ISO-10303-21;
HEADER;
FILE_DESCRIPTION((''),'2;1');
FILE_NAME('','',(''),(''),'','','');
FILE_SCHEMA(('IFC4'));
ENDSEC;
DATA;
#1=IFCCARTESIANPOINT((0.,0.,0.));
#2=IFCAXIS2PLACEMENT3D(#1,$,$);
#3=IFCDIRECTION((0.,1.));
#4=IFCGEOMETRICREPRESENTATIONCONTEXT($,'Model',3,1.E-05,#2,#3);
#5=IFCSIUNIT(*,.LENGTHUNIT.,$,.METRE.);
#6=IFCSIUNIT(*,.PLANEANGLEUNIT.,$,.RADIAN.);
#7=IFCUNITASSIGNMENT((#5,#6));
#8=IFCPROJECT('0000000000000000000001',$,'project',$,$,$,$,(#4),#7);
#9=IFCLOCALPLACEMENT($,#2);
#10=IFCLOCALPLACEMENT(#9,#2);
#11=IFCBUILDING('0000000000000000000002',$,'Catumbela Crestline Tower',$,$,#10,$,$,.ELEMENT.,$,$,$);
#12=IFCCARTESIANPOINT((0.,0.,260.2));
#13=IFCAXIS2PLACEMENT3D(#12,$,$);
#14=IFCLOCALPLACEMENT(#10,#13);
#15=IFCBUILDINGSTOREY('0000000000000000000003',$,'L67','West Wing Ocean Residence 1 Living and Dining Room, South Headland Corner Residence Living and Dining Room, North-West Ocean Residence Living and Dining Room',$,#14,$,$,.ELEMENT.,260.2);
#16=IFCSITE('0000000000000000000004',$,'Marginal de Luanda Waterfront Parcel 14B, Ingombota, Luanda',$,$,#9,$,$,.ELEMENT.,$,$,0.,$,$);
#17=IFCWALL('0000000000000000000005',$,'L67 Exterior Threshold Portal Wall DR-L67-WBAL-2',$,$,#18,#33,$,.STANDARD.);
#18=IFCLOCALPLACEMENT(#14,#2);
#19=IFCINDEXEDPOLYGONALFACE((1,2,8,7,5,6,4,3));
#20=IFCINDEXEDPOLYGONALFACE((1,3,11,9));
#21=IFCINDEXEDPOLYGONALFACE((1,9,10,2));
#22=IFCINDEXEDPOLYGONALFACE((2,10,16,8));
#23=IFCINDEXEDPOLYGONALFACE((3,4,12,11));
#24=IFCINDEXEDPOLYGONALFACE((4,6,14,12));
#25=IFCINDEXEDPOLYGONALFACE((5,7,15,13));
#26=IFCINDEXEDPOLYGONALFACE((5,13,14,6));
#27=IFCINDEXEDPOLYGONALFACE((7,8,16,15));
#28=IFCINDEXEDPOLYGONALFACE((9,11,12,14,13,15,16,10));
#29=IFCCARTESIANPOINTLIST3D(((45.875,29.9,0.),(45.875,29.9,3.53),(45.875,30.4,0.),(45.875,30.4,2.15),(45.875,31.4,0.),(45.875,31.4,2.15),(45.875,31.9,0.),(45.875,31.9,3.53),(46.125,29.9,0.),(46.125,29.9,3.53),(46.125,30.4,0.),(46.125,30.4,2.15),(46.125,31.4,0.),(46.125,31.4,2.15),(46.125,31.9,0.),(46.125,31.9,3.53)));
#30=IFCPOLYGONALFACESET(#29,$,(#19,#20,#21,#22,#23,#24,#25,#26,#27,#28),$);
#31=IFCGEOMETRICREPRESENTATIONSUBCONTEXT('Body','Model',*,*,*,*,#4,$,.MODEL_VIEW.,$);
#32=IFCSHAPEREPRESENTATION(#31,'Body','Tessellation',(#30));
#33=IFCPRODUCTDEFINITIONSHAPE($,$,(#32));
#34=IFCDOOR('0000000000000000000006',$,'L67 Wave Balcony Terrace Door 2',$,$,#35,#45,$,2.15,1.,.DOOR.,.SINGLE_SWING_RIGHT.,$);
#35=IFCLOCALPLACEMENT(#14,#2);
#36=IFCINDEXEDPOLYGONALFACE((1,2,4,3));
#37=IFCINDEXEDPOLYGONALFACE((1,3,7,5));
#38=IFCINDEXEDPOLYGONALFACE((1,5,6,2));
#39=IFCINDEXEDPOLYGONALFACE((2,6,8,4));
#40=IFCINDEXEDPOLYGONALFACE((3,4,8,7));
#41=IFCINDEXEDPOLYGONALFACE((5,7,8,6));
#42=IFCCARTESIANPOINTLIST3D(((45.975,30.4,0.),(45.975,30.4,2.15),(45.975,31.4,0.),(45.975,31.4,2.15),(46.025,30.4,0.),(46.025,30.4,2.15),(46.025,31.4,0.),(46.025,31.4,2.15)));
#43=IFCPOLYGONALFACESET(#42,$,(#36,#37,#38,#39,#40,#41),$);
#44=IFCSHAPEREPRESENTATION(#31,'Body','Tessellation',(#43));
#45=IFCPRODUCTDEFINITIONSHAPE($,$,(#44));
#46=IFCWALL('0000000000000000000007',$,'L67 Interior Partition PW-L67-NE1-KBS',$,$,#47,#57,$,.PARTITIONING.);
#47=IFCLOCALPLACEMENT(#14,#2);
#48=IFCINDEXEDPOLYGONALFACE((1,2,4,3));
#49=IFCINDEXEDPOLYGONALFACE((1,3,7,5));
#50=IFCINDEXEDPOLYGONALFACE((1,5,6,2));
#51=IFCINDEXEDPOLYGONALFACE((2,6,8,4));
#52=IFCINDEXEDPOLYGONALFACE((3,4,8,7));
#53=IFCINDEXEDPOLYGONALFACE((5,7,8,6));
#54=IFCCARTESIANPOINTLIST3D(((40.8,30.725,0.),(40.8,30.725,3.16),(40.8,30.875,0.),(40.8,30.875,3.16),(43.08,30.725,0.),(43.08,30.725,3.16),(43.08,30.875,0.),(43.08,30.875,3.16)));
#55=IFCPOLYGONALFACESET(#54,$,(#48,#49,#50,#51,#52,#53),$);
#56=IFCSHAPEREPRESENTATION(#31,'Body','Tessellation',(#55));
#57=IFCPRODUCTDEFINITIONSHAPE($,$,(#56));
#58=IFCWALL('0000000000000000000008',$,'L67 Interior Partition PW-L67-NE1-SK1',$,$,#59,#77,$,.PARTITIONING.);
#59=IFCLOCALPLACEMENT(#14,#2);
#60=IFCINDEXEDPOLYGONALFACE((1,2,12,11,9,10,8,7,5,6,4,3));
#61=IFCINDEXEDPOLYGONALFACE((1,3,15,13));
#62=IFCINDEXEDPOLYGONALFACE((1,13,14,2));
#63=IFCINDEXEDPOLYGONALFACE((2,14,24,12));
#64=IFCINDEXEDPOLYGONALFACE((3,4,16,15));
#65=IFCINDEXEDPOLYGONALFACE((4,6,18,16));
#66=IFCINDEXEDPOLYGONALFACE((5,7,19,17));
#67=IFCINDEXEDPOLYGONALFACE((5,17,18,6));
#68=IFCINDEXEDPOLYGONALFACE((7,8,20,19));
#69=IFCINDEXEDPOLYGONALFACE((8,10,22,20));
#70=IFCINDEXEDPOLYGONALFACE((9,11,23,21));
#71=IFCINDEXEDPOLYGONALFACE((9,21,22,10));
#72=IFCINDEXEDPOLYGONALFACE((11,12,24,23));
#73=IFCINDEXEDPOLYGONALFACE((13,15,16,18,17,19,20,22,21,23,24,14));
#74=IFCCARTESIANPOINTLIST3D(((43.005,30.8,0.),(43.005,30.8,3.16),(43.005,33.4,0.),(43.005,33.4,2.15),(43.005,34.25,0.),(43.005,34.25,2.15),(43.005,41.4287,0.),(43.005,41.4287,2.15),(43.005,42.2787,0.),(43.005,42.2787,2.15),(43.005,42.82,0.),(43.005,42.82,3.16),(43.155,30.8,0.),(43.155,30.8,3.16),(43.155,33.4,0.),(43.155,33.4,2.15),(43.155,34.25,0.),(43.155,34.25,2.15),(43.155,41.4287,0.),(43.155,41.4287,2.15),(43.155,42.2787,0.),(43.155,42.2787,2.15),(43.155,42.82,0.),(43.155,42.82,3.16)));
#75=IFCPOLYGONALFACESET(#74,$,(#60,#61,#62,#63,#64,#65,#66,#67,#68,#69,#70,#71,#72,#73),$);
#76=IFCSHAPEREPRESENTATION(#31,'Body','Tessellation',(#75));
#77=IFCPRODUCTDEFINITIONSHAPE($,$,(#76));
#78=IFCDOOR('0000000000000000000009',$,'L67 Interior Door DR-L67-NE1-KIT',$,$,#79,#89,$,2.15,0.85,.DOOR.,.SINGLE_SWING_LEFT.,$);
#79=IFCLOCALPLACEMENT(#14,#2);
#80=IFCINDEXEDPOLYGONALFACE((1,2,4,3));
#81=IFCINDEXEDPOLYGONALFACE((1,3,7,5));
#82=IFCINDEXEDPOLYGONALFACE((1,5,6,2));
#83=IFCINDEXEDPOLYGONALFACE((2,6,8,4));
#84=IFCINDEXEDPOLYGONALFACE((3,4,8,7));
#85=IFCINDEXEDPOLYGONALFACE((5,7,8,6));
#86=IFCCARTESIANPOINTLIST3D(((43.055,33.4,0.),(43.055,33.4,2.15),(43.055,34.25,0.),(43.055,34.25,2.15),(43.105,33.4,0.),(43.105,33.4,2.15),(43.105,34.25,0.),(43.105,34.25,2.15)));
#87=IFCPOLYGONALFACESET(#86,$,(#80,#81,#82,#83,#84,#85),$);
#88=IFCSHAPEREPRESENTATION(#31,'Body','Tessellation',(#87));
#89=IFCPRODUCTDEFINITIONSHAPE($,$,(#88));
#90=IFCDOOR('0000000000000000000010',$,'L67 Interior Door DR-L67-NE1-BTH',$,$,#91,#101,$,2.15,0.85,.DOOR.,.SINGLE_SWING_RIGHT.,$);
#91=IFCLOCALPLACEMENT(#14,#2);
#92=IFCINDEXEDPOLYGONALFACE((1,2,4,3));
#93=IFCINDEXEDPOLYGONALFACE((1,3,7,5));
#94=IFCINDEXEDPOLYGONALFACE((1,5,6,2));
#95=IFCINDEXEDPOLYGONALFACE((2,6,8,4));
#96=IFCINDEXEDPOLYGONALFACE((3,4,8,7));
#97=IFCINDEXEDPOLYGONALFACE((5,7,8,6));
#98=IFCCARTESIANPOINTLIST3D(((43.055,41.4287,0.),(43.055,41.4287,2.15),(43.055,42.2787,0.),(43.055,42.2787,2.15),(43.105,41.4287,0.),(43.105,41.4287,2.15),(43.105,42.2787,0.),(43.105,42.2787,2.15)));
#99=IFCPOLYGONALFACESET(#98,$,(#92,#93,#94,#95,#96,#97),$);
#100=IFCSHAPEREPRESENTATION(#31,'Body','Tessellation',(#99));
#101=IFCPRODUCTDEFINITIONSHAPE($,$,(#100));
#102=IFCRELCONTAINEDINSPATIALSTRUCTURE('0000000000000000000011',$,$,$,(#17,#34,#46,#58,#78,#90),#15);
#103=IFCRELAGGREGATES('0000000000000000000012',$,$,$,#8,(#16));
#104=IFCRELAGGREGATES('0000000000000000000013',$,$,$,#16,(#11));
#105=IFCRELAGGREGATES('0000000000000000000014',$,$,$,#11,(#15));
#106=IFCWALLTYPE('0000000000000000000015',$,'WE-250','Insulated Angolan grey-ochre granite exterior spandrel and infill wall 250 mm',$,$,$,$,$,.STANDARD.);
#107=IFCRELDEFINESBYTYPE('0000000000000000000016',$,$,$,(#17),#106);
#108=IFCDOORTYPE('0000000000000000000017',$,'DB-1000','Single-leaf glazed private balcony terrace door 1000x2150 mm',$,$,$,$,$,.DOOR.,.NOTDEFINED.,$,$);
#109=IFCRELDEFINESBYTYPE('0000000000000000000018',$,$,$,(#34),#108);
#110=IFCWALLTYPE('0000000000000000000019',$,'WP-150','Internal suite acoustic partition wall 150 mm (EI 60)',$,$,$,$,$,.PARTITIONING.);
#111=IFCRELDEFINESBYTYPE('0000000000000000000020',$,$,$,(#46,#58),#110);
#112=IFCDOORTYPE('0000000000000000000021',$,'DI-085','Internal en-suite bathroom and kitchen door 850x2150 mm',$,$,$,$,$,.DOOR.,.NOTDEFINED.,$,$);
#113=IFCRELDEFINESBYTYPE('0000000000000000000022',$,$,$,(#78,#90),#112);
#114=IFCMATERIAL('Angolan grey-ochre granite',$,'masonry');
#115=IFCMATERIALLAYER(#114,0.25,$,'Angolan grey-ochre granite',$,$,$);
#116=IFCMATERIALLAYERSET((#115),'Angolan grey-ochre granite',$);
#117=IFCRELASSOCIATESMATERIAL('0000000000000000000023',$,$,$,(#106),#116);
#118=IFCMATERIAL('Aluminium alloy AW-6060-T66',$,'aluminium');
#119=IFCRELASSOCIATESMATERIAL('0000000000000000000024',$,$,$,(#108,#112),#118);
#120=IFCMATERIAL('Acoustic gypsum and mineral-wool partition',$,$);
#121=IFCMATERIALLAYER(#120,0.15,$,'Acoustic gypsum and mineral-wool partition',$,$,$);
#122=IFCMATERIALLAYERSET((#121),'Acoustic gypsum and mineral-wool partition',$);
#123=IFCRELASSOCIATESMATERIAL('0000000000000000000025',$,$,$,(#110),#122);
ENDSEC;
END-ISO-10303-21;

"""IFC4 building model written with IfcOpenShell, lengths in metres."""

from ifc_helpers import new_model, si_unit, direction, frame, frame_2d, origin, place, context, subcontext, project, spatial, rectangle, extrude, material, layer, layer_set, type_object, element, fill, save


model = new_model("IFC4")

# Units and contexts
model_context = context("Model", 3, precision=1e-05, world=origin(), true_north=direction((0.0, 1.0)))
body_context = subcontext(model_context, "Body", "Model", "MODEL_VIEW")
ifc_project = project(units=[si_unit("LENGTHUNIT", "METRE"), si_unit("PLANEANGLEUNIT", "RADIAN")], contexts=[model_context])

# Site, building, storey
site_placement = place(None, origin())
site = spatial("IfcSite", under=ifc_project, at=site_placement, Name="Marginal de Luanda Waterfront Parcel 14B, Ingombota, Luanda", CompositionType="ELEMENT", RefElevation=0.0)
building_placement = place(site_placement, origin())
building = spatial("IfcBuilding", under=site, at=building_placement, Name="Catumbela Crestline Tower", CompositionType="ELEMENT")
storey_placement = place(building_placement, frame((0.0, 0.0, 260.2)))
storey = spatial("IfcBuildingStorey", under=building, at=storey_placement, Name="L67", Description="West Wing Ocean Residence 1 Living and Dining Room, South Headland Corner Residence Living and Dining Room, North-West Ocean Residence Living and Dining Room", CompositionType="ELEMENT", Elevation=260.2)

# Shared definitions
ifc_material_1 = material(Name="Aluminium alloy AW-6060-T66", Category="aluminium")

# Wall, opening, door
ifc_material_2 = material(Name="Acoustic gypsum and mineral-wool partition")
ifc_material_3 = material(Name="Angolan grey-ochre granite", Category="masonry")
ifc_layer_1 = layer(ifc_material_3, 0.25, Name="Angolan grey-ochre granite")
ifc_layer_set_1 = layer_set([ifc_layer_1], Name="Angolan grey-ochre granite")
wall_type_1 = type_object("IfcWallType", Name="WE-250", Description="Insulated Angolan grey-ochre granite exterior spandrel and infill wall 250 mm", PredefinedType="STANDARD", material=ifc_layer_set_1)
wall_1_placement = place(storey_placement, frame((46.0, 29.9, 0.0), z_axis=(0.0, 0.0, 1.0), x_axis=(0.0, 1.0, 0.0)))
wall_1 = element("IfcWall", 1, at=wall_1_placement, inside=storey, type_object=wall_type_1, Name="L67 Exterior Threshold Portal Wall DR-L67-WBAL-2", PredefinedType="STANDARD", context=body_context, shape_type="SweptSolid", body=[
    extrude(rectangle(XDim=2.0, YDim=0.25, at=frame_2d((1.0, 0.0))), origin(), (0.0, 0.0, 1.0), 3.53),
])
opening_1_placement = place(wall_1_placement, frame((0.5, 0.0, 0.0)))
opening_1 = element("IfcOpeningElement", 2, at=opening_1_placement, cuts=wall_1, PredefinedType="OPENING", context=body_context, shape_type="SweptSolid", body=[
    extrude(rectangle(XDim=1.0, YDim=2.15, at=frame_2d((0.5, 1.075))), frame((0.0, 0.135, 0.0), z_axis=(0.0, -1.0, 0.0), x_axis=(1.0, 0.0, 0.0)), (0.0, 0.0, 1.0), 0.27),
])
door_type_1 = type_object("IfcDoorType", Name="DB-1000", Description="Single-leaf glazed private balcony terrace door 1000x2150 mm", OperationType="NOTDEFINED", PredefinedType="DOOR", material=ifc_material_1)
door_1_placement = place(opening_1_placement, origin())
door_1 = element("IfcDoor", 3, at=door_1_placement, inside=storey, type_object=door_type_1, Name="L67 Wave Balcony Terrace Door 2", OperationType="SINGLE_SWING_RIGHT", OverallHeight=2.15, OverallWidth=1.0, PredefinedType="DOOR", context=body_context, shape_type="SweptSolid", body=[
    extrude(rectangle(XDim=1.0, YDim=2.15, at=frame_2d((0.5, 1.075))), frame((0.0, 0.025, 0.0), z_axis=(0.0, -1.0, 0.0), x_axis=(1.0, 0.0, 0.0)), (0.0, 0.0, 1.0), 0.05),
])
fill(opening_1, door_1)

# Wall
ifc_layer_2 = layer(ifc_material_2, 0.15, Name="Acoustic gypsum and mineral-wool partition")
ifc_layer_set_2 = layer_set([ifc_layer_2], Name="Acoustic gypsum and mineral-wool partition")
wall_type_2 = type_object("IfcWallType", Name="WP-150", Description="Internal suite acoustic partition wall 150 mm (EI 60)", PredefinedType="PARTITIONING", material=ifc_layer_set_2)
wall_2_placement = place(storey_placement, frame((40.8, 30.8, 0.0), z_axis=(0.0, 0.0, 1.0), x_axis=(1.0, 0.0, 0.0)))
element("IfcWall", 4, at=wall_2_placement, inside=storey, type_object=wall_type_2, Name="L67 Interior Partition PW-L67-NE1-KBS", PredefinedType="PARTITIONING", context=body_context, shape_type="SweptSolid", body=[
    extrude(rectangle(XDim=2.28, YDim=0.15, at=frame_2d((1.14, 0.0))), origin(), (0.0, 0.0, 1.0), 3.16),
])

# Wall, openings, doors
wall_3_placement = place(storey_placement, frame((43.08, 30.8, 0.0), z_axis=(0.0, 0.0, 1.0), x_axis=(0.0, 1.0, 0.0)))
wall_3 = element("IfcWall", 5, at=wall_3_placement, inside=storey, type_object=wall_type_2, Name="L67 Interior Partition PW-L67-NE1-SK1", PredefinedType="PARTITIONING", context=body_context, shape_type="SweptSolid", body=[
    extrude(rectangle(XDim=12.02, YDim=0.15, at=frame_2d((6.01, 0.0))), origin(), (0.0, 0.0, 1.0), 3.16),
])
opening_2_placement = place(wall_3_placement, frame((2.6, 0.0, 0.0)))
opening_2 = element("IfcOpeningElement", 6, at=opening_2_placement, cuts=wall_3, PredefinedType="OPENING", context=body_context, shape_type="SweptSolid", body=[
    extrude(rectangle(XDim=0.85, YDim=2.15, at=frame_2d((0.425, 1.075))), frame((0.0, 0.085, 0.0), z_axis=(0.0, -1.0, 0.0), x_axis=(1.0, 0.0, 0.0)), (0.0, 0.0, 1.0), 0.17),
])
opening_3_placement = place(wall_3_placement, frame((10.6287, 0.0, 0.0)))
opening_3 = element("IfcOpeningElement", 7, at=opening_3_placement, cuts=wall_3, PredefinedType="OPENING", context=body_context, shape_type="SweptSolid", body=[
    extrude(rectangle(XDim=0.85, YDim=2.15, at=frame_2d((0.425, 1.075))), frame((0.0, 0.085, 0.0), z_axis=(0.0, -1.0, 0.0), x_axis=(1.0, 0.0, 0.0)), (0.0, 0.0, 1.0), 0.17),
])
door_type_2 = type_object("IfcDoorType", Name="DI-085", Description="Internal en-suite bathroom and kitchen door 850x2150 mm", OperationType="NOTDEFINED", PredefinedType="DOOR", material=ifc_material_1)
door_2_placement = place(opening_2_placement, origin())
door_2 = element("IfcDoor", 8, at=door_2_placement, inside=storey, type_object=door_type_2, Name="L67 Interior Door DR-L67-NE1-KIT", OperationType="SINGLE_SWING_LEFT", OverallHeight=2.15, OverallWidth=0.85, PredefinedType="DOOR", context=body_context, shape_type="SweptSolid", body=[
    extrude(rectangle(XDim=0.85, YDim=2.15, at=frame_2d((0.425, 1.075))), frame((0.0, 0.025, 0.0), z_axis=(0.0, -1.0, 0.0), x_axis=(1.0, 0.0, 0.0)), (0.0, 0.0, 1.0), 0.05),
])
fill(opening_2, door_2)
door_3_placement = place(opening_3_placement, origin())
door_3 = element("IfcDoor", 9, at=door_3_placement, inside=storey, type_object=door_type_2, Name="L67 Interior Door DR-L67-NE1-BTH", OperationType="SINGLE_SWING_RIGHT", OverallHeight=2.15, OverallWidth=0.85, PredefinedType="DOOR", context=body_context, shape_type="SweptSolid", body=[
    extrude(rectangle(XDim=0.85, YDim=2.15, at=frame_2d((0.425, 1.075))), frame((0.0, 0.025, 0.0), z_axis=(0.0, -1.0, 0.0), x_axis=(1.0, 0.0, 0.0)), (0.0, 0.0, 1.0), 0.05),
])
fill(opening_3, door_3)

save(model, "model.ifc")
